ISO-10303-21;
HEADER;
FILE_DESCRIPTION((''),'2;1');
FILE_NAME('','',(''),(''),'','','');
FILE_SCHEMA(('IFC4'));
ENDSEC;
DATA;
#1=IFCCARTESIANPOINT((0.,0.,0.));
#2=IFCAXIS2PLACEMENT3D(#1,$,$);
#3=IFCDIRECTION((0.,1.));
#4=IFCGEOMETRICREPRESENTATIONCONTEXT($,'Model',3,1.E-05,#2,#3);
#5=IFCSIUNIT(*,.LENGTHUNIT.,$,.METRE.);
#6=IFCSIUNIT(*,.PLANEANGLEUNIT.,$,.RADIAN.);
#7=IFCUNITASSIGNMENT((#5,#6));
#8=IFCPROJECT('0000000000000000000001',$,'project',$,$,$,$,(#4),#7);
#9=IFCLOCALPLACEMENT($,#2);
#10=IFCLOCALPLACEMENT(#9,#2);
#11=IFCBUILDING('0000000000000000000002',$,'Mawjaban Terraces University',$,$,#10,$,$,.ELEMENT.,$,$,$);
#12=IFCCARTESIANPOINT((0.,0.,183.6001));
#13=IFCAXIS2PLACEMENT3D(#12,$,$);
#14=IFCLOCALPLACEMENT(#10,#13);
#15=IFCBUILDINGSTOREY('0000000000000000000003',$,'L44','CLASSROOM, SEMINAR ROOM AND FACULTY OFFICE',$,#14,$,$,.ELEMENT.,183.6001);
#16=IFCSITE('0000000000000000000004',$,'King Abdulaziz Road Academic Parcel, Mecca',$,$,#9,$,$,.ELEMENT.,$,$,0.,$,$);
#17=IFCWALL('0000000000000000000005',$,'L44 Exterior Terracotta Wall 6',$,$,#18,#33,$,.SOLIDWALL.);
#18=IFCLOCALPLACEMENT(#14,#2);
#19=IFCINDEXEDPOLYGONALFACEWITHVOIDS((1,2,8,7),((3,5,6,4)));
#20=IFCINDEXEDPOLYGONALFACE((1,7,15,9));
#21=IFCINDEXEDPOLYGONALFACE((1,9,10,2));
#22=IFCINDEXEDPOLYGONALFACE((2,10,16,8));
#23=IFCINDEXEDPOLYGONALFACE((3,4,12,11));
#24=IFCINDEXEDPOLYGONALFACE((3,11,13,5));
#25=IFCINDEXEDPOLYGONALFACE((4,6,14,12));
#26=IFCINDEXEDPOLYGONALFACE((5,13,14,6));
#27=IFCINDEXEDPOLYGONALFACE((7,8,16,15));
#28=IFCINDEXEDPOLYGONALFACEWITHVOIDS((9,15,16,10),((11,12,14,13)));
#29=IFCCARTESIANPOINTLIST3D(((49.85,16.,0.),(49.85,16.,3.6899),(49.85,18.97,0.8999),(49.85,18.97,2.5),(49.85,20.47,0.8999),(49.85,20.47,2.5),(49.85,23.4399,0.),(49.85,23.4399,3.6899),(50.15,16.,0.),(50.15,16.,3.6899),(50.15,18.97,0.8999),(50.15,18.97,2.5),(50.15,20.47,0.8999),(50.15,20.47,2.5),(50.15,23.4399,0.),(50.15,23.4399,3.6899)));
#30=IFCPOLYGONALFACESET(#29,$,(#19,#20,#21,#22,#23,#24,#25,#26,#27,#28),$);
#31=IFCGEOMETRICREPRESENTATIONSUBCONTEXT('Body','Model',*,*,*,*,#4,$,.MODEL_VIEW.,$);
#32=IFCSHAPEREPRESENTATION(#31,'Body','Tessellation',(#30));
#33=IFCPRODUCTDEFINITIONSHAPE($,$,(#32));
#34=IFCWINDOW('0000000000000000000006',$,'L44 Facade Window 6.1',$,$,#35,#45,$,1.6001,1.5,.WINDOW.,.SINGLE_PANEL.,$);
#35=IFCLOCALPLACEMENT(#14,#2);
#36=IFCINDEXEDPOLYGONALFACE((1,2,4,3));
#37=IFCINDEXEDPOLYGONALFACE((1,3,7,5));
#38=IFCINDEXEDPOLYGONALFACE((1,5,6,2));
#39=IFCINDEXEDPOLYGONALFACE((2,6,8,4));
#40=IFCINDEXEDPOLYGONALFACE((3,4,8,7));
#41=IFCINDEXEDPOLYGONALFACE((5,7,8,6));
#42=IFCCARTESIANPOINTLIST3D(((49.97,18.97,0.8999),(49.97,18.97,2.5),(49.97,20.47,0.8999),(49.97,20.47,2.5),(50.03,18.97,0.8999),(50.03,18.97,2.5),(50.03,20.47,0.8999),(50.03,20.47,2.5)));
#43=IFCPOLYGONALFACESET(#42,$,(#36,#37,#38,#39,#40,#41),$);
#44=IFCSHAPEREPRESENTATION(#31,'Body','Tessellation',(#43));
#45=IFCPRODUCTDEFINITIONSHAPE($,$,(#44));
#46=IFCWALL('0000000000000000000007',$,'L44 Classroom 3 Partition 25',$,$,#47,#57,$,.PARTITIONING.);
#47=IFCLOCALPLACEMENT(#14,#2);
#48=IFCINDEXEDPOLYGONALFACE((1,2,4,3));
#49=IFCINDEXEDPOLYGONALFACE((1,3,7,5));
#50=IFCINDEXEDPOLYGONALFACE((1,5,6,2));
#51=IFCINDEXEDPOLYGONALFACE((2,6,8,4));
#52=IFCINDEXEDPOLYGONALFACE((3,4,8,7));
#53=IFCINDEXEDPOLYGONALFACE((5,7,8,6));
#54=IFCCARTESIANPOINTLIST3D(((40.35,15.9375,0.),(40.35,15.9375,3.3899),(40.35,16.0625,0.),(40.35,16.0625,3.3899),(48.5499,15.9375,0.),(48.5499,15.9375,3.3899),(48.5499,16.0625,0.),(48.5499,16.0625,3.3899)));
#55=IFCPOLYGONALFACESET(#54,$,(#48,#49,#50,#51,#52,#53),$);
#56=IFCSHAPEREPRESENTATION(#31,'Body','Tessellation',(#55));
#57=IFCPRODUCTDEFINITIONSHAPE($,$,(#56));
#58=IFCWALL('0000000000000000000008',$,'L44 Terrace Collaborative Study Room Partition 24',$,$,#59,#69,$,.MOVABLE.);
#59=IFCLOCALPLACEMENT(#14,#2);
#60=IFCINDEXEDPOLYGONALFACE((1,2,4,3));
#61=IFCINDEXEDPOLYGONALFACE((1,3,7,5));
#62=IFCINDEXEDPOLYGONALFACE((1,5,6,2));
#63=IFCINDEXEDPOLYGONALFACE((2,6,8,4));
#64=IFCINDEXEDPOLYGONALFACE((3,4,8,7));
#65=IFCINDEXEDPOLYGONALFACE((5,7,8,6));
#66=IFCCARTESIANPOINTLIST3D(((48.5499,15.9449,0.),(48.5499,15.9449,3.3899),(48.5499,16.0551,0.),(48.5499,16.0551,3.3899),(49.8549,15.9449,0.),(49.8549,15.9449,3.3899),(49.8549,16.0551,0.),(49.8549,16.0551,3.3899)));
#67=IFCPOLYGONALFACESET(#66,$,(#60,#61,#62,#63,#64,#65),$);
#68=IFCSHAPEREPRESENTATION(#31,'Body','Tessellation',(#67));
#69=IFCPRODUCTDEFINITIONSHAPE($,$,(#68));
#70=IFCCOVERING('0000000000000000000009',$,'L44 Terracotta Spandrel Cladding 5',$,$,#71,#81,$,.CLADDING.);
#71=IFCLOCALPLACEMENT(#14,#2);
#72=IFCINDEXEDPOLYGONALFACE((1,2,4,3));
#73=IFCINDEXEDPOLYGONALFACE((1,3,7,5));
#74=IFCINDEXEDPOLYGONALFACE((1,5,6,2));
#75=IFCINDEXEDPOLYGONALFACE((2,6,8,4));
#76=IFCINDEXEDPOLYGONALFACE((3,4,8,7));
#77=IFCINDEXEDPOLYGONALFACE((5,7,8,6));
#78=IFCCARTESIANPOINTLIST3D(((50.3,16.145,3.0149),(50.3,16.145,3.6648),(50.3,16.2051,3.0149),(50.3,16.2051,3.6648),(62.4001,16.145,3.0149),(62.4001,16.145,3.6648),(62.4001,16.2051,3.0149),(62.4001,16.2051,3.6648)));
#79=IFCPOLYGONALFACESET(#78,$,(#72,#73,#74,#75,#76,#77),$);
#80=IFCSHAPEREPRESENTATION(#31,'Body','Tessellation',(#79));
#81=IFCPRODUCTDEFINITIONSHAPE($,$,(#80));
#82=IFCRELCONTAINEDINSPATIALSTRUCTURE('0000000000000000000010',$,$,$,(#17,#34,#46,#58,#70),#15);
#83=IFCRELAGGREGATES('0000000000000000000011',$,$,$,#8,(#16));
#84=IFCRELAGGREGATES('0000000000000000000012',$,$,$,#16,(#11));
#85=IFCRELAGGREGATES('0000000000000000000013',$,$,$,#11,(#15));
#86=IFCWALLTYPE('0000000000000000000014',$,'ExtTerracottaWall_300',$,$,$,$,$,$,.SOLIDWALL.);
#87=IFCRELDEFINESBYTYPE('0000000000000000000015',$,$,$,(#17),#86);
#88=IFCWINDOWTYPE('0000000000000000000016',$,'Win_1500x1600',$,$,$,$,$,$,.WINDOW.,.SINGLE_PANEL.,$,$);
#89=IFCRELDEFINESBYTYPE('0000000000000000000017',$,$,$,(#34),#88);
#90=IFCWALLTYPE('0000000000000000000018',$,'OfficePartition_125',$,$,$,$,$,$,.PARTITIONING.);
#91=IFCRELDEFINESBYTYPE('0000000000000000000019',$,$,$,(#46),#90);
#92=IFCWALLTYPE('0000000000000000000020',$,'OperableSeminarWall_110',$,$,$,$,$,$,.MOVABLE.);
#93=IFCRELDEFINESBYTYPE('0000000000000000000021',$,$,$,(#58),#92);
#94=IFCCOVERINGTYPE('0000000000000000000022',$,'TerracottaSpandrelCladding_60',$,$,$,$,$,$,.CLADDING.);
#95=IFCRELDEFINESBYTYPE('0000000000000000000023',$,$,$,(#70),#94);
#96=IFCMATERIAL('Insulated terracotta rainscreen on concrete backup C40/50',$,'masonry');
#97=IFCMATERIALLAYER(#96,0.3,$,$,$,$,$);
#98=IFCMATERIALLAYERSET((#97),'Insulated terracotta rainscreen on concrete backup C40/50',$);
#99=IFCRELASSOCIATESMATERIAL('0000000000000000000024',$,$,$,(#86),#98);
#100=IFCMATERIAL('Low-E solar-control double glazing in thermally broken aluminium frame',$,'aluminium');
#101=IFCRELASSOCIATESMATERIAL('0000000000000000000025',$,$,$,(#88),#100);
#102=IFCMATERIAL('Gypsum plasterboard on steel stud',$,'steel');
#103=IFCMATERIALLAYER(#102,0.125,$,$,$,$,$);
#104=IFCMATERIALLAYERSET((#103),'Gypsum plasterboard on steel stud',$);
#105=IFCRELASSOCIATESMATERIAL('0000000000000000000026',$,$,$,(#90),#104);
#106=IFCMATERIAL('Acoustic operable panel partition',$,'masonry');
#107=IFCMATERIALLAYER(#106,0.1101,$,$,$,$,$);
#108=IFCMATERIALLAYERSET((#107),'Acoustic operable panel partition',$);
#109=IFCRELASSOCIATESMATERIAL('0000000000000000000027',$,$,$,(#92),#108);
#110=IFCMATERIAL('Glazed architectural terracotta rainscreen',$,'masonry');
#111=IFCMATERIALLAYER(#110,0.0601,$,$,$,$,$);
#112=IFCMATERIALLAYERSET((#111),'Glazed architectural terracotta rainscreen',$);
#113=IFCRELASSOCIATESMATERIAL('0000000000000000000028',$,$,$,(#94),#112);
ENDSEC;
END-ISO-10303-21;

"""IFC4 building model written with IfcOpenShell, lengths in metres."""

from ifc_helpers import new_model, si_unit, direction, frame, frame_2d, origin, origin_2d, place, context, subcontext, project, spatial, rectangle, extrude, material, layer, layer_set, type_object, element, fill, save


model = new_model("IFC4")

# Units and contexts
model_context = context("Model", 3, precision=1e-05, world=origin(), true_north=direction((0.0, 1.0)))
body_context = subcontext(model_context, "Body", "Model", "MODEL_VIEW")
ifc_project = project(units=[si_unit("LENGTHUNIT", "METRE"), si_unit("PLANEANGLEUNIT", "RADIAN")], contexts=[model_context])

# Site, building, storey
site_placement = place(None, origin())
site = spatial("IfcSite", under=ifc_project, at=site_placement, Name="King Abdulaziz Road Academic Parcel, Mecca", CompositionType="ELEMENT", RefElevation=0.0)
building_placement = place(site_placement, origin())
building = spatial("IfcBuilding", under=site, at=building_placement, Name="Mawjaban Terraces University", CompositionType="ELEMENT")
storey_placement = place(building_placement, frame((0.0, 0.0, 183.6001)))
storey = spatial("IfcBuildingStorey", under=building, at=storey_placement, Name="L44", Description="CLASSROOM, SEMINAR ROOM AND FACULTY OFFICE", CompositionType="ELEMENT", Elevation=183.6001)

# Shared definitions
ifc_material_1 = material(Name="Insulated terracotta rainscreen on concrete backup C40/50", Category="masonry")
ifc_layer_1 = layer(ifc_material_1, 0.3)
ifc_layer_set_1 = layer_set([ifc_layer_1], Name="Insulated terracotta rainscreen on concrete backup C40/50")
wall_type_1 = type_object("IfcWallType", Name="ExtTerracottaWall_300", PredefinedType="SOLIDWALL", material=ifc_layer_set_1)

# Shared definitions
ifc_material_2 = material(Name="Low-E solar-control double glazing in thermally broken aluminium frame", Category="aluminium")

# Wall, opening, window
wall_1_placement = place(storey_placement, frame((50.0, 16.0, 0.0), z_axis=(0.0, 0.0, 1.0), x_axis=(0.0, 1.0, 0.0)))
wall_1 = element("IfcWall", 1, at=wall_1_placement, inside=storey, type_object=wall_type_1, Name="L44 Exterior Terracotta Wall 6", PredefinedType="SOLIDWALL", context=body_context, shape_type="SweptSolid", body=[
    extrude(rectangle(XDim=7.4399, YDim=0.3, at=frame_2d((3.72, 0.0))), origin(), (0.0, 0.0, 1.0), 3.6899),
])
opening_1_placement = place(wall_1_placement, frame((2.97, 0.0, 0.8999)))
opening_1 = element("IfcOpeningElement", 2, at=opening_1_placement, cuts=wall_1, PredefinedType="OPENING", context=body_context, shape_type="SweptSolid", body=[
    extrude(rectangle(XDim=1.5, YDim=1.6001, at=frame_2d((0.75, 0.8))), frame((0.0, 0.1599, 0.0), z_axis=(0.0, -1.0, 0.0), x_axis=(1.0, 0.0, 0.0)), (0.0, 0.0, 1.0), 0.3201),
])
window_type_1 = type_object("IfcWindowType", Name="Win_1500x1600", PartitioningType="SINGLE_PANEL", PredefinedType="WINDOW", material=ifc_material_2)
window_1_placement = place(opening_1_placement, origin())
window_1 = element("IfcWindow", 3, at=window_1_placement, inside=storey, type_object=window_type_1, Name="L44 Facade Window 6.1", OverallHeight=1.6001, OverallWidth=1.5, PartitioningType="SINGLE_PANEL", PredefinedType="WINDOW", context=body_context, shape_type="SweptSolid", body=[
    extrude(rectangle(XDim=1.5, YDim=1.6001, at=frame_2d((0.75, 0.8))), frame((0.0, 0.03, 0.0), z_axis=(0.0, -1.0, 0.0), x_axis=(1.0, 0.0, 0.0)), (0.0, 0.0, 1.0), 0.0601),
])
fill(opening_1, window_1)

# Walls
ifc_material_3 = material(Name="Gypsum plasterboard on steel stud", Category="steel")
ifc_layer_2 = layer(ifc_material_3, 0.125)
ifc_layer_set_2 = layer_set([ifc_layer_2], Name="Gypsum plasterboard on steel stud")
wall_type_2 = type_object("IfcWallType", Name="OfficePartition_125", PredefinedType="PARTITIONING", material=ifc_layer_set_2)
wall_2_placement = place(storey_placement, frame((48.55, 16.0, 0.0), z_axis=(0.0, 0.0, 1.0), x_axis=(-1.0, 0.0, 0.0)))
element("IfcWall", 4, at=wall_2_placement, inside=storey, type_object=wall_type_2, Name="L44 Classroom 3 Partition 25", PredefinedType="PARTITIONING", context=body_context, shape_type="SweptSolid", body=[
    extrude(rectangle(XDim=8.2, YDim=0.125, at=frame_2d((4.1001, 0.0))), origin(), (0.0, 0.0, 1.0), 3.3899),
])
ifc_material_4 = material(Name="Acoustic operable panel partition", Category="masonry")
ifc_layer_3 = layer(ifc_material_4, 0.1101)
ifc_layer_set_3 = layer_set([ifc_layer_3], Name="Acoustic operable panel partition")
wall_type_3 = type_object("IfcWallType", Name="OperableSeminarWall_110", PredefinedType="MOVABLE", material=ifc_layer_set_3)
wall_3_placement = place(storey_placement, frame((48.55, 16.0, 0.0), z_axis=(0.0, 0.0, 1.0), x_axis=(1.0, 0.0, 0.0)))
element("IfcWall", 5, at=wall_3_placement, inside=storey, type_object=wall_type_3, Name="L44 Terrace Collaborative Study Room Partition 24", PredefinedType="MOVABLE", context=body_context, shape_type="SweptSolid", body=[
    extrude(rectangle(XDim=1.3049, YDim=0.1101, at=frame_2d((0.6523, 0.0))), origin(), (0.0, 0.0, 1.0), 3.3899),
])

# Covering
ifc_material_5 = material(Name="Glazed architectural terracotta rainscreen", Category="masonry")
ifc_layer_4 = layer(ifc_material_5, 0.0601)
ifc_layer_set_4 = layer_set([ifc_layer_4], Name="Glazed architectural terracotta rainscreen")
covering_type = type_object("IfcCoveringType", Name="TerracottaSpandrelCladding_60", PredefinedType="CLADDING", material=ifc_layer_set_4)
covering_placement = place(storey_placement, frame((56.3501, 16.175, 3.0149), z_axis=(0.0, 0.0, 1.0), x_axis=(-1.0, 0.0, 0.0)))
element("IfcCovering", 6, at=covering_placement, inside=storey, type_object=covering_type, Name="L44 Terracotta Spandrel Cladding 5", PredefinedType="CLADDING", context=body_context, shape_type="SweptSolid", body=[
    extrude(rectangle(XDim=12.1001, YDim=0.0601, at=origin_2d()), origin(), (0.0, 0.0, 1.0), 0.6499),
])

save(model, "model.ifc")
